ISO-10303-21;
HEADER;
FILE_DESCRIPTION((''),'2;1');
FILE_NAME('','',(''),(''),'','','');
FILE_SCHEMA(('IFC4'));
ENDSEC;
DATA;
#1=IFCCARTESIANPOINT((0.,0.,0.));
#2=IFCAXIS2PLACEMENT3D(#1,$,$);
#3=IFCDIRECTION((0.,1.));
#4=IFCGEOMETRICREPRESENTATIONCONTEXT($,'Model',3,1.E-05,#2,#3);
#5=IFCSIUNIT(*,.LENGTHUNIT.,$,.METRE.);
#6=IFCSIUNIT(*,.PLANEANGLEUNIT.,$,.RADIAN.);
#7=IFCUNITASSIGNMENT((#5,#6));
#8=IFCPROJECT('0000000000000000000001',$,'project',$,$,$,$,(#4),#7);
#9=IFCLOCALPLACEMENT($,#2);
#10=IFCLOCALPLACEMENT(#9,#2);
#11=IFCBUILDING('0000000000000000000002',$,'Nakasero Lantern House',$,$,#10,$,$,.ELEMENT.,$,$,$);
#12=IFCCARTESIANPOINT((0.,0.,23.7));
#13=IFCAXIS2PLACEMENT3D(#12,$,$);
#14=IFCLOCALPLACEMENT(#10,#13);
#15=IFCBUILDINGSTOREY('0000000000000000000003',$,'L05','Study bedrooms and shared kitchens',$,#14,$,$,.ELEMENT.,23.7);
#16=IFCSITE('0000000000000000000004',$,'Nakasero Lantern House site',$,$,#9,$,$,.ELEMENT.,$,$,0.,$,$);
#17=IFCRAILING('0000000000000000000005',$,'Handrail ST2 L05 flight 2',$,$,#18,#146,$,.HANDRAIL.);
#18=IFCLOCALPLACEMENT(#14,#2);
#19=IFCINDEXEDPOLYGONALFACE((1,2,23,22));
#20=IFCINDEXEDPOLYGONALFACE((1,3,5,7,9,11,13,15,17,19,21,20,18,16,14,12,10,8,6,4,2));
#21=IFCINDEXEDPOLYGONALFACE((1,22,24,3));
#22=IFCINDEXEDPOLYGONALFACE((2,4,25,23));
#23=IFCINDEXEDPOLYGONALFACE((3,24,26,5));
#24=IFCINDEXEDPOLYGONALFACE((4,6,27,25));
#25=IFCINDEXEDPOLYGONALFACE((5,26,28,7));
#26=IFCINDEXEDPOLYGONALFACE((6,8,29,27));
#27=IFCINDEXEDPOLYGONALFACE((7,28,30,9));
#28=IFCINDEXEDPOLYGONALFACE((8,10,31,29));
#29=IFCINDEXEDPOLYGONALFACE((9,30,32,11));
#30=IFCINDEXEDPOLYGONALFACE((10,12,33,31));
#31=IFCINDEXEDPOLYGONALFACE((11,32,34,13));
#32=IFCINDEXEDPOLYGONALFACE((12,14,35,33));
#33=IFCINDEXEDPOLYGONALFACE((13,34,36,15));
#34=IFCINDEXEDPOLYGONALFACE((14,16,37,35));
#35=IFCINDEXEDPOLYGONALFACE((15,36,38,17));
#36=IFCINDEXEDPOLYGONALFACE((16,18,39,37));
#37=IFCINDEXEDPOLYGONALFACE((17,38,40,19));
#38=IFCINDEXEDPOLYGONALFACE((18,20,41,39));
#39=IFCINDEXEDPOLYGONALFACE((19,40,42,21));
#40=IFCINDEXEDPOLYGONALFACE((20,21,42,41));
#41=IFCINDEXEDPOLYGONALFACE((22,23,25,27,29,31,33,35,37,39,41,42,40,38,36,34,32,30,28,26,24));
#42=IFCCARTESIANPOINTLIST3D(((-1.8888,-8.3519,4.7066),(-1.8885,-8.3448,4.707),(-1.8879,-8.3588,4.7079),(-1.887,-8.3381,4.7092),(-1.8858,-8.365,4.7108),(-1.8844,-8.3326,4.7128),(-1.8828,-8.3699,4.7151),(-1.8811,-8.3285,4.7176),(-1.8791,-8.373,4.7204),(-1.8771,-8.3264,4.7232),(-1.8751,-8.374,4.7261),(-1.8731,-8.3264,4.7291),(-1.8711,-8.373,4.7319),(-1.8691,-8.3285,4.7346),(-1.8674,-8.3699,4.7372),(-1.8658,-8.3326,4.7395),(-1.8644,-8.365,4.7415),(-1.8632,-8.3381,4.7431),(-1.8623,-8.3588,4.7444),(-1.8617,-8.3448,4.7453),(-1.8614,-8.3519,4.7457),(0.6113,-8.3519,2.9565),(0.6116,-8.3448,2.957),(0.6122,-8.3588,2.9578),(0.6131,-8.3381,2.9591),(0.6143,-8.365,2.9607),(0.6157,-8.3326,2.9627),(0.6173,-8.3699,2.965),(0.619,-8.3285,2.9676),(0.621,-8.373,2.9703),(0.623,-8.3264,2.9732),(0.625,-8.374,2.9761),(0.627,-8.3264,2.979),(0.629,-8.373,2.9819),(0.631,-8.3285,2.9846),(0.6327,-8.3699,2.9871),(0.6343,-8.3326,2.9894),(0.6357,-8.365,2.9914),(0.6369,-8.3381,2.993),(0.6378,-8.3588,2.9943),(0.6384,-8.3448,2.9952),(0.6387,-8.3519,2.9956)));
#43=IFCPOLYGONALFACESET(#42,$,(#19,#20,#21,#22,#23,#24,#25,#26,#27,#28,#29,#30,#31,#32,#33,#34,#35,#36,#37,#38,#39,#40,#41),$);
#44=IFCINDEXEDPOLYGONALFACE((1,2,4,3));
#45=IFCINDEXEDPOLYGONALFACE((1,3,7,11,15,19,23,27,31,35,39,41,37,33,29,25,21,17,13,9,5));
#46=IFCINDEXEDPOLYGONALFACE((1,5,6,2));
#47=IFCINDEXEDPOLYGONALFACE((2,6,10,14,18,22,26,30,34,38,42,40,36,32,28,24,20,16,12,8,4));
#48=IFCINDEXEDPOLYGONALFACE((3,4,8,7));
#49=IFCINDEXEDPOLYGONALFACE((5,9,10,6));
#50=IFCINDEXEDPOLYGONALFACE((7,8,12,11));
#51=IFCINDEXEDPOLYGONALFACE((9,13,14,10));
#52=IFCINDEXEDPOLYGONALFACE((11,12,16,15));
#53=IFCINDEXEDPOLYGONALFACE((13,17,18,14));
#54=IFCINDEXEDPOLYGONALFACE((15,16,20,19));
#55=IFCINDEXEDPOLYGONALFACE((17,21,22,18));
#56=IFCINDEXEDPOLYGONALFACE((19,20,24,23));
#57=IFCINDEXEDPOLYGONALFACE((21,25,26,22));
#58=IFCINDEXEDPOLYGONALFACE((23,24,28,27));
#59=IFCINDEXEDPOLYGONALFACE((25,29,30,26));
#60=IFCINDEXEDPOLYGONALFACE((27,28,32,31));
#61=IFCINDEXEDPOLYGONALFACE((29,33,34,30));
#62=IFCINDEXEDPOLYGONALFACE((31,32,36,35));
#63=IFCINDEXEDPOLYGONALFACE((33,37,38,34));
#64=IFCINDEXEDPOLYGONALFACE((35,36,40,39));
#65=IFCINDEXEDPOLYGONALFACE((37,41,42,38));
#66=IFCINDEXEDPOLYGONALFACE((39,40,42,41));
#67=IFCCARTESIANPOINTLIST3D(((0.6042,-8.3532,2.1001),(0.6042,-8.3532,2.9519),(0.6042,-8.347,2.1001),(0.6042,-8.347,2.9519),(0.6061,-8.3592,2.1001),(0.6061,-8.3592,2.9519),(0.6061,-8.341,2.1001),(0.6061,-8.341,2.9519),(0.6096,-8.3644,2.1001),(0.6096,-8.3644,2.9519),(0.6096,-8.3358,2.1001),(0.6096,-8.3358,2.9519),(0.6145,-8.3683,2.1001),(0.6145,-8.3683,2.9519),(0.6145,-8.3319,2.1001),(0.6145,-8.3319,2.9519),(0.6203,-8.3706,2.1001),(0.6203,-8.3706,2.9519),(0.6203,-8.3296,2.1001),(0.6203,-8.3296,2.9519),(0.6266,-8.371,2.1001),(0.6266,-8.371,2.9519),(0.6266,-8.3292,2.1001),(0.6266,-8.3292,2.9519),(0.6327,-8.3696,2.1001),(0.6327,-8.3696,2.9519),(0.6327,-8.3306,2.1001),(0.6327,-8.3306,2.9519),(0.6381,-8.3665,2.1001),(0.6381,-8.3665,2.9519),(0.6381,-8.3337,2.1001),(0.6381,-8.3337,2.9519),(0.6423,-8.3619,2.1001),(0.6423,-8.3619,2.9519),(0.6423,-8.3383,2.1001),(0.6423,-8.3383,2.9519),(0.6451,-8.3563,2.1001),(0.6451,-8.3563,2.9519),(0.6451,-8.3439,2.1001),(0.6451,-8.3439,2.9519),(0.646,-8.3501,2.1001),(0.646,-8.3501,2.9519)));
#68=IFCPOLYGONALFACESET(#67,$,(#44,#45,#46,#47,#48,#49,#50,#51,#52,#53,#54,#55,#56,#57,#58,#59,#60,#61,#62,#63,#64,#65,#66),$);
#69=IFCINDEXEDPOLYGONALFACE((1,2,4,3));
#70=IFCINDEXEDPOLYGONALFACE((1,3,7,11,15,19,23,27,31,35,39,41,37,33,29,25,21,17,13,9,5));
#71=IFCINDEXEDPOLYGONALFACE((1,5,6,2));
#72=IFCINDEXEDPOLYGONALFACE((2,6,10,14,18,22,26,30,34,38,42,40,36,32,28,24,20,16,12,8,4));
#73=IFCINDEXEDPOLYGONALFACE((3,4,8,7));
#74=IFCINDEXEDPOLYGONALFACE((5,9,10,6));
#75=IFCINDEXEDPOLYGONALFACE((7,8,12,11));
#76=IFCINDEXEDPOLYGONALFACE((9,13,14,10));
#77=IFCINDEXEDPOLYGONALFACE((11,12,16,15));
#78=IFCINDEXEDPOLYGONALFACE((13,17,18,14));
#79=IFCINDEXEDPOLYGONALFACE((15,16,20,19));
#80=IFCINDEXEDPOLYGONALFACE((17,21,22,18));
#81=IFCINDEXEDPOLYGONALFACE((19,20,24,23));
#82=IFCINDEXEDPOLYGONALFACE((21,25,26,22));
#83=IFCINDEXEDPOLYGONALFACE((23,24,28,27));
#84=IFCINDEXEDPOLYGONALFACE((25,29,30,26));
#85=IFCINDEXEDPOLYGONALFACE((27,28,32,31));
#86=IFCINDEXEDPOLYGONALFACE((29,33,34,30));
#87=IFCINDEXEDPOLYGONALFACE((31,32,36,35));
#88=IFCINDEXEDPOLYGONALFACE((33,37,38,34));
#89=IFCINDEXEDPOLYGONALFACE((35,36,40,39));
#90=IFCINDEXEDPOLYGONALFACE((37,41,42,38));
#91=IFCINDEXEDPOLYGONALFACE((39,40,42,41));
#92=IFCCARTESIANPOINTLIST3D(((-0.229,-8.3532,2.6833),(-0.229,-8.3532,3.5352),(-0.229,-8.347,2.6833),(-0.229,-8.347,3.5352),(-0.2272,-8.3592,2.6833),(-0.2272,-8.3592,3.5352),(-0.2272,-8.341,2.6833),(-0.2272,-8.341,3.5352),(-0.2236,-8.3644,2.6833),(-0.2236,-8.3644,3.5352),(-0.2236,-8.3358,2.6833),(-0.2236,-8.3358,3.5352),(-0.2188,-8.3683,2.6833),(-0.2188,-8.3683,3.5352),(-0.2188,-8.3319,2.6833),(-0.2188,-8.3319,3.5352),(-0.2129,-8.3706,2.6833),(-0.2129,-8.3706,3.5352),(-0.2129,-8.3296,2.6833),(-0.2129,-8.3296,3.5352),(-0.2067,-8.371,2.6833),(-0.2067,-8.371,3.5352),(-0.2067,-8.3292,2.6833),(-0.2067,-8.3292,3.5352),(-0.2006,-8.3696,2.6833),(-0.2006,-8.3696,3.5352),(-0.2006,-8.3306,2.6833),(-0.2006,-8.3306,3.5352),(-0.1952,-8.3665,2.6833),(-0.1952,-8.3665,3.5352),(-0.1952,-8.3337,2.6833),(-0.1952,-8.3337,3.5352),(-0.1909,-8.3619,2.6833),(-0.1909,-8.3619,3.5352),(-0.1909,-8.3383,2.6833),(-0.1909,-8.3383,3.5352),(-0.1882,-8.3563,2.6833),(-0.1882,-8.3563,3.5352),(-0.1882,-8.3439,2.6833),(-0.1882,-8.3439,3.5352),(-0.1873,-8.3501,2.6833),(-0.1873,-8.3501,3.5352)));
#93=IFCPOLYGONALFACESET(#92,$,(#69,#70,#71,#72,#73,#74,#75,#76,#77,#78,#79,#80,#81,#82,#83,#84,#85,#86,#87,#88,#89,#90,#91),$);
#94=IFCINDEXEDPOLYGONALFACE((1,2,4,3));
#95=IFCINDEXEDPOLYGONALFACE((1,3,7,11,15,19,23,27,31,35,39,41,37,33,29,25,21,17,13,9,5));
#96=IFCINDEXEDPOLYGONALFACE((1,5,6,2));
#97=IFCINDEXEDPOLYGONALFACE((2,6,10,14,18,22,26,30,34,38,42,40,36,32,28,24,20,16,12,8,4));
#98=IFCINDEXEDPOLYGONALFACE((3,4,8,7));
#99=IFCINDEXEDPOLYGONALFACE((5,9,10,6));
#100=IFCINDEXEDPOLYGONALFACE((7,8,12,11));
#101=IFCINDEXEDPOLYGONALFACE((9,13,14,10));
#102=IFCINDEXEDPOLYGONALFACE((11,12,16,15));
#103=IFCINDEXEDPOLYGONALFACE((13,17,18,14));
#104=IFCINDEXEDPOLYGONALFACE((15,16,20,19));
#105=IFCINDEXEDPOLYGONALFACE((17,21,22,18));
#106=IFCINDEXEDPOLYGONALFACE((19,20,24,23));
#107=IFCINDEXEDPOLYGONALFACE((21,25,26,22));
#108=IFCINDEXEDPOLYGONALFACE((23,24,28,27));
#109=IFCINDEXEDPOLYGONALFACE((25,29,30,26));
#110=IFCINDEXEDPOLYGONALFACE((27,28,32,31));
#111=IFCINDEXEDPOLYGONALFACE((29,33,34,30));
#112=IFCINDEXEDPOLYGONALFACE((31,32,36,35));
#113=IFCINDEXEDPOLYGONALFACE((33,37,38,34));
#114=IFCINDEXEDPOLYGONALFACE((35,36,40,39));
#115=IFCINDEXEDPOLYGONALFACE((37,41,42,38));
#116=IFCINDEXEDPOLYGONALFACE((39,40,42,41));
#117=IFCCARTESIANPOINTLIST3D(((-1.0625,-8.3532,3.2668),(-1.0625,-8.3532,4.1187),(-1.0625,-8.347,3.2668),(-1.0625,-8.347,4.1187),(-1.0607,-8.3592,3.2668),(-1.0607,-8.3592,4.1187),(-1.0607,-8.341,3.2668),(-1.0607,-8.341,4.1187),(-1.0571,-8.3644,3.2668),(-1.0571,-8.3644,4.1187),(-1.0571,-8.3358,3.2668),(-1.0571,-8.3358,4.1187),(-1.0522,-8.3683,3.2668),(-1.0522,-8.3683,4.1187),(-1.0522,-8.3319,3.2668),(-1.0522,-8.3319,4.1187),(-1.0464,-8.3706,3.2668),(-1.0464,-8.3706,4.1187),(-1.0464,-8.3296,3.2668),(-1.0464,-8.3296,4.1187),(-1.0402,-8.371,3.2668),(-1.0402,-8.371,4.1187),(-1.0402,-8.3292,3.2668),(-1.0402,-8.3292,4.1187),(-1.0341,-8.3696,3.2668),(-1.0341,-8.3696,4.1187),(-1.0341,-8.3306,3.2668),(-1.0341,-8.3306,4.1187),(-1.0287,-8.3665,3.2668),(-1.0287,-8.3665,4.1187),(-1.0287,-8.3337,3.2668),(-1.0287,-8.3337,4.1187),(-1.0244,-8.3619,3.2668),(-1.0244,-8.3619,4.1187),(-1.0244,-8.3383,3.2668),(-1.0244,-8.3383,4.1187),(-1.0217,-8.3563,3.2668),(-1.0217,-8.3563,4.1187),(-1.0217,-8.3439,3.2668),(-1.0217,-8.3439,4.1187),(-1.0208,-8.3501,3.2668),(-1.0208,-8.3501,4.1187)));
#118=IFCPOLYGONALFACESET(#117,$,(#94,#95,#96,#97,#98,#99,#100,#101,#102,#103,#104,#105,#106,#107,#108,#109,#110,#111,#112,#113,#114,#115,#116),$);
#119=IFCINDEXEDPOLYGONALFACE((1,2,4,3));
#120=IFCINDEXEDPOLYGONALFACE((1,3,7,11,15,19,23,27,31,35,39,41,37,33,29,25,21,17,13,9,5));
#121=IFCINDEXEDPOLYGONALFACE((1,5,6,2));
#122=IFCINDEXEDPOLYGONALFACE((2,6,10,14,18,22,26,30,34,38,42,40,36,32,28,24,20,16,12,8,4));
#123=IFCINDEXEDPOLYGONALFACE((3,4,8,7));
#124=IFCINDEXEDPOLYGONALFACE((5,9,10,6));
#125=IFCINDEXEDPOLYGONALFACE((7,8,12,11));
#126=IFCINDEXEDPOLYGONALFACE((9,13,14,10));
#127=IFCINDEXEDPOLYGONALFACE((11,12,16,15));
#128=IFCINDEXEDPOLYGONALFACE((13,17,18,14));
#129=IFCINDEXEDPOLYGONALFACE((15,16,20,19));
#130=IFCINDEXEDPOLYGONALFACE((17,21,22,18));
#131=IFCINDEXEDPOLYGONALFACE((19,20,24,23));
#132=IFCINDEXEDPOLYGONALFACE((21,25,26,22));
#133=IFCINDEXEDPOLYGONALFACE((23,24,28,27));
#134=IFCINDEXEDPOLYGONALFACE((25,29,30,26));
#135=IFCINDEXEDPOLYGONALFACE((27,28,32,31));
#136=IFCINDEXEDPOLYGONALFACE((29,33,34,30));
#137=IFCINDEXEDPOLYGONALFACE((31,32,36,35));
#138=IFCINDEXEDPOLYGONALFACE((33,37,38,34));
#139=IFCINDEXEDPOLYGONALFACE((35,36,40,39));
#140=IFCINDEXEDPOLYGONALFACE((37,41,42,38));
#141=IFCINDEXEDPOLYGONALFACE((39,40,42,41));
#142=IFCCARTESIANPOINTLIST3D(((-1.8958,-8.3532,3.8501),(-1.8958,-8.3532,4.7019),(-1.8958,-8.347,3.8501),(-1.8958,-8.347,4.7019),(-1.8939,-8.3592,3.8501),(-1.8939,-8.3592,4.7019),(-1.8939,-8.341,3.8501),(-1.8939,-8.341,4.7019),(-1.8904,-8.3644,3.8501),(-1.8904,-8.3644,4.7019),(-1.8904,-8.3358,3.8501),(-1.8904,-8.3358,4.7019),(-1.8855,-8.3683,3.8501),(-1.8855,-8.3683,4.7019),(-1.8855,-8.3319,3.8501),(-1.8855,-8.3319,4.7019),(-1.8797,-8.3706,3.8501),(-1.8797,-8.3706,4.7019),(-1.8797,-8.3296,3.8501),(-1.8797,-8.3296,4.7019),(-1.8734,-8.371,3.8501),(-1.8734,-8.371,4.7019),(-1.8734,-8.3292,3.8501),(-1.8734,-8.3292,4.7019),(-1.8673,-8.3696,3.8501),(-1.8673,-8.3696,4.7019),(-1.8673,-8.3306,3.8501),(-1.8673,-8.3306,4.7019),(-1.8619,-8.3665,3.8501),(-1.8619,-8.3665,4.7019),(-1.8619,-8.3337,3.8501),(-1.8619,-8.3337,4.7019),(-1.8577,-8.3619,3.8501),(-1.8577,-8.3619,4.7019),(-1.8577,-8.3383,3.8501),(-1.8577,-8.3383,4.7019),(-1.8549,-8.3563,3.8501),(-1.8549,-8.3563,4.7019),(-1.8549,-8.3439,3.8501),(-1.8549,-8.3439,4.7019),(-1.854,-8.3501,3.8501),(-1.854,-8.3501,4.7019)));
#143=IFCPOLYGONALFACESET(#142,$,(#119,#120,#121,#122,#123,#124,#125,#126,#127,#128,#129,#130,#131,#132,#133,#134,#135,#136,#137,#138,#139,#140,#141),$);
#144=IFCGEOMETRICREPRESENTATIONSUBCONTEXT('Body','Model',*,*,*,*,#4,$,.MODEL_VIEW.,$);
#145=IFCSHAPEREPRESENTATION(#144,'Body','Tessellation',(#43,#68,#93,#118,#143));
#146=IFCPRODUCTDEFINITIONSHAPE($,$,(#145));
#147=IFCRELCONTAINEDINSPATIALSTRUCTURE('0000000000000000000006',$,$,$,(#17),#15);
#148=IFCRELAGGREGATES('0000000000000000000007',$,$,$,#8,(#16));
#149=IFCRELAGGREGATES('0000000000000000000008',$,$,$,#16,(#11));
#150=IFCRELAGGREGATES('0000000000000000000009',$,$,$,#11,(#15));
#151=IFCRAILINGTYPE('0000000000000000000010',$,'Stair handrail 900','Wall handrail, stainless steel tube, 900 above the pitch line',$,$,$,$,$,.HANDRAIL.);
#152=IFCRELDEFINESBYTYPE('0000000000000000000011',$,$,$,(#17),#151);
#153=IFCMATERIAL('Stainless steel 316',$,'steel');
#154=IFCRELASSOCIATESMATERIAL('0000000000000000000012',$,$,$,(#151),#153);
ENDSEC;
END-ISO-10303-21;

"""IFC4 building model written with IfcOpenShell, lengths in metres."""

from ifc_helpers import new_model, si_unit, direction, frame, origin, origin_2d, place, context, subcontext, project, spatial, circle, extrude, material, type_object, element, save


model = new_model("IFC4")

# Units and contexts
model_context = context("Model", 3, precision=1e-05, world=origin(), true_north=direction((0.0, 1.0)))
body_context = subcontext(model_context, "Body", "Model", "MODEL_VIEW")
ifc_project = project(units=[si_unit("LENGTHUNIT", "METRE"), si_unit("PLANEANGLEUNIT", "RADIAN")], contexts=[model_context])

# Site, building, storey
site_placement = place(None, origin())
site = spatial("IfcSite", under=ifc_project, at=site_placement, Name="Nakasero Lantern House site", CompositionType="ELEMENT", RefElevation=0.0)
building_placement = place(site_placement, origin())
building = spatial("IfcBuilding", under=site, at=building_placement, Name="Nakasero Lantern House", CompositionType="ELEMENT")
storey_placement = place(building_placement, frame((0.0, 0.0, 23.7)))
storey = spatial("IfcBuildingStorey", under=building, at=storey_placement, Name="L05", Description="Study bedrooms and shared kitchens", CompositionType="ELEMENT", Elevation=23.7)

# Railing
ifc_material_1 = material(Name="Stainless steel 316", Category="steel")
railing_type = type_object("IfcRailingType", Name="Stair handrail 900", Description="Wall handrail, stainless steel tube, 900 above the pitch line", PredefinedType="HANDRAIL", material=ifc_material_1)
railing_placement = place(storey_placement, frame((0.625, -8.3501, 2.1001)))
element("IfcRailing", 1, at=railing_placement, inside=storey, type_object=railing_type, Name="Handrail ST2 L05 flight 2", PredefinedType="HANDRAIL", context=body_context, shape_type="SweptSolid", body=[
    extrude(circle(Radius=0.0239, at=origin_2d()), frame((0.0, 0.0, 0.876), z_axis=(-0.819232, 0.0, 0.573462), x_axis=(0.0, -1.0, 0.0)), (0.0, 0.0, 1.0), 3.0518),
    extrude(circle(Radius=0.021, at=origin_2d()), origin(), (0.0, 0.0, 1.0), 0.8518),
    extrude(circle(Radius=0.021, at=origin_2d()), frame((-0.8333, 0.0, 0.5833)), (0.0, 0.0, 1.0), 0.8518),
    extrude(circle(Radius=0.021, at=origin_2d()), frame((-1.6667, 0.0, 1.1667)), (0.0, 0.0, 1.0), 0.8518),
    extrude(circle(Radius=0.021, at=origin_2d()), frame((-2.5, 0.0, 1.75)), (0.0, 0.0, 1.0), 0.8518),
])

save(model, "model.ifc")
